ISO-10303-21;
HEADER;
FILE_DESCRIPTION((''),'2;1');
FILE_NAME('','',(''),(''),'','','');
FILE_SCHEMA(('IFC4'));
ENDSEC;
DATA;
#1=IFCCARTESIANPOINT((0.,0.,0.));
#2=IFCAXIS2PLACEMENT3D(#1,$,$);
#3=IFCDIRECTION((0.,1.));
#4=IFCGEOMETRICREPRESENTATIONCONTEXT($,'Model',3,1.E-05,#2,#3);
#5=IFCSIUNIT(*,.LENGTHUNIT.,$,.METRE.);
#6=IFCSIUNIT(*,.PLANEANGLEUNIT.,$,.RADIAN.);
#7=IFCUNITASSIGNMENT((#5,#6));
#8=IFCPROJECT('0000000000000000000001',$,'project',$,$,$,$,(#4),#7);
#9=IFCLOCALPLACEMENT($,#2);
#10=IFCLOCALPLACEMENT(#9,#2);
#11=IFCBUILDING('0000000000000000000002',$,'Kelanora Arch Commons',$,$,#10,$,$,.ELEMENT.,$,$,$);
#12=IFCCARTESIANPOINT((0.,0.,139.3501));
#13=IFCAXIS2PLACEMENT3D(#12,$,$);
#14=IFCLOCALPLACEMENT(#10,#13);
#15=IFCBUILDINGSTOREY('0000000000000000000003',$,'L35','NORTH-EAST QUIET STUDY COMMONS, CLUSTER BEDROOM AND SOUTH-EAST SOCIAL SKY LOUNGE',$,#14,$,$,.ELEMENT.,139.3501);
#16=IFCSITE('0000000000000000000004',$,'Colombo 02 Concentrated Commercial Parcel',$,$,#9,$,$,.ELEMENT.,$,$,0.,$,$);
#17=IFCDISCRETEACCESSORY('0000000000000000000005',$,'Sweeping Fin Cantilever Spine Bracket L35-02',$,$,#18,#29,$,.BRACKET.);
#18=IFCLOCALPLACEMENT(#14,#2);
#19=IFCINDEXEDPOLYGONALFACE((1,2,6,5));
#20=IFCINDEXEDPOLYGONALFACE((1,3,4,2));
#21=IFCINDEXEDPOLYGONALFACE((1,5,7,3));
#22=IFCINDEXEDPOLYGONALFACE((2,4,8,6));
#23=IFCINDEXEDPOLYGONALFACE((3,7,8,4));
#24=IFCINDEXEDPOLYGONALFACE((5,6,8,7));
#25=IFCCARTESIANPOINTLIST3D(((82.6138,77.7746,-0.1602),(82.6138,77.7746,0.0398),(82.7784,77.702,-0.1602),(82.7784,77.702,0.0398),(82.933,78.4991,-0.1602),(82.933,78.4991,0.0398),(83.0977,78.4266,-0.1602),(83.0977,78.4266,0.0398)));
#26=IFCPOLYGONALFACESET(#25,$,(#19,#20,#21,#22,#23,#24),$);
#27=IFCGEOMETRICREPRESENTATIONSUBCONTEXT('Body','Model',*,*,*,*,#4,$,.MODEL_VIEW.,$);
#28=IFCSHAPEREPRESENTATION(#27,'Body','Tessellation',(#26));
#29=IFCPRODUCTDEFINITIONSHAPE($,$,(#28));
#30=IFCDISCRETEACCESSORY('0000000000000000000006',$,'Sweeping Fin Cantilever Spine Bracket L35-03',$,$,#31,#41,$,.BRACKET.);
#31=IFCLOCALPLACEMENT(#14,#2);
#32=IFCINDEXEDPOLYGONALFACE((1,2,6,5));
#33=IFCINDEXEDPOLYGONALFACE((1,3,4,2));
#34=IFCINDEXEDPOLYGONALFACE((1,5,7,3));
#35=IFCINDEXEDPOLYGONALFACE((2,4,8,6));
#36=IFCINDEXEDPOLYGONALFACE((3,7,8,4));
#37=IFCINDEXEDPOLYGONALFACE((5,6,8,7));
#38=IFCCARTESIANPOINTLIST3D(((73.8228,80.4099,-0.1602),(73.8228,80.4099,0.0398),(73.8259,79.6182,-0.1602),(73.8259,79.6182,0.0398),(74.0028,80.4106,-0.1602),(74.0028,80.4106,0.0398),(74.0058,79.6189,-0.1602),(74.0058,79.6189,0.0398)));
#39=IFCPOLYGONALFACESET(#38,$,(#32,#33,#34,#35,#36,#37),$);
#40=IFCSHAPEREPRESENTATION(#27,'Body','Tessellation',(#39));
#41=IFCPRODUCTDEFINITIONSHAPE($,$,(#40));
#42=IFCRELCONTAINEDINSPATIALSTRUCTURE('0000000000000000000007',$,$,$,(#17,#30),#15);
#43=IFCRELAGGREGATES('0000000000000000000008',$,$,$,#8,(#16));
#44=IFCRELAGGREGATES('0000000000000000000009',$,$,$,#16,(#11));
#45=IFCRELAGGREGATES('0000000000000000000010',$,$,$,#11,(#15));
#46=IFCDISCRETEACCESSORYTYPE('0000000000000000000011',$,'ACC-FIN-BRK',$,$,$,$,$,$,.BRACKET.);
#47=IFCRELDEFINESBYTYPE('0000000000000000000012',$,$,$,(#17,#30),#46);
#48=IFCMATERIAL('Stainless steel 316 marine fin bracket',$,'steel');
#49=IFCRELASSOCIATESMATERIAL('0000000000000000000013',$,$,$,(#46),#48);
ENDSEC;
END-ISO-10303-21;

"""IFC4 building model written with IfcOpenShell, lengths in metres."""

from ifc_helpers import new_model, si_unit, direction, frame, origin, origin_2d, place, context, subcontext, project, spatial, rectangle, extrude, source, transform, mapped, material, type_object, element, save


model = new_model("IFC4")

# Units and contexts
model_context = context("Model", 3, precision=1e-05, world=origin(), true_north=direction((0.0, 1.0)))
body_context = subcontext(model_context, "Body", "Model", "MODEL_VIEW")
ifc_project = project(units=[si_unit("LENGTHUNIT", "METRE"), si_unit("PLANEANGLEUNIT", "RADIAN")], contexts=[model_context])

# Site, building, storey
site_placement = place(None, origin())
site = spatial("IfcSite", under=ifc_project, at=site_placement, Name="Colombo 02 Concentrated Commercial Parcel", CompositionType="ELEMENT", RefElevation=0.0)
building_placement = place(site_placement, origin())
building = spatial("IfcBuilding", under=site, at=building_placement, Name="Kelanora Arch Commons", CompositionType="ELEMENT")
storey_placement = place(building_placement, frame((0.0, 0.0, 139.3501)))
storey = spatial("IfcBuildingStorey", under=building, at=storey_placement, Name="L35", Description="NORTH-EAST QUIET STUDY COMMONS, CLUSTER BEDROOM AND SOUTH-EAST SOCIAL SKY LOUNGE", CompositionType="ELEMENT", Elevation=139.3501)

# Discrete accessories
ifc_material_1 = material(Name="Stainless steel 316 marine fin bracket", Category="steel")
discrete_accessory_type = type_object("IfcDiscreteAccessoryType", Name="ACC-FIN-BRK", PredefinedType="BRACKET", material=ifc_material_1)
shared_shape_1 = source(origin(), body_context, "Body", "SweptSolid", [
    extrude(rectangle(XDim=0.7917, YDim=0.1799, at=origin_2d()), origin(), (0.0, 0.0, 1.0), 0.2),
])
for number, where, z_axis, x_axis, name in (
    (1, (82.8557, 78.1006, -0.1602), (0.0, 0.0, 1.0), (0.403226, 0.9151, 0.0), "Sweeping Fin Cantilever Spine Bracket L35-02"),
    (2, (73.9143, 80.0144, -0.1602), (0.0, 0.0, 1.0), (-0.00384, 0.999993, 0.0), "Sweeping Fin Cantilever Spine Bracket L35-03"),
):
    element("IfcDiscreteAccessory", number, at=place(storey_placement, frame(where, z_axis=z_axis, x_axis=x_axis)), inside=storey, type_object=discrete_accessory_type, Name=name, PredefinedType="BRACKET", context=body_context, shape_type="MappedRepresentation", body=[
        mapped(shared_shape_1, transform((0.0, 0.0, 0.0), scale=1.0)),
    ])

save(model, "model.ifc")
